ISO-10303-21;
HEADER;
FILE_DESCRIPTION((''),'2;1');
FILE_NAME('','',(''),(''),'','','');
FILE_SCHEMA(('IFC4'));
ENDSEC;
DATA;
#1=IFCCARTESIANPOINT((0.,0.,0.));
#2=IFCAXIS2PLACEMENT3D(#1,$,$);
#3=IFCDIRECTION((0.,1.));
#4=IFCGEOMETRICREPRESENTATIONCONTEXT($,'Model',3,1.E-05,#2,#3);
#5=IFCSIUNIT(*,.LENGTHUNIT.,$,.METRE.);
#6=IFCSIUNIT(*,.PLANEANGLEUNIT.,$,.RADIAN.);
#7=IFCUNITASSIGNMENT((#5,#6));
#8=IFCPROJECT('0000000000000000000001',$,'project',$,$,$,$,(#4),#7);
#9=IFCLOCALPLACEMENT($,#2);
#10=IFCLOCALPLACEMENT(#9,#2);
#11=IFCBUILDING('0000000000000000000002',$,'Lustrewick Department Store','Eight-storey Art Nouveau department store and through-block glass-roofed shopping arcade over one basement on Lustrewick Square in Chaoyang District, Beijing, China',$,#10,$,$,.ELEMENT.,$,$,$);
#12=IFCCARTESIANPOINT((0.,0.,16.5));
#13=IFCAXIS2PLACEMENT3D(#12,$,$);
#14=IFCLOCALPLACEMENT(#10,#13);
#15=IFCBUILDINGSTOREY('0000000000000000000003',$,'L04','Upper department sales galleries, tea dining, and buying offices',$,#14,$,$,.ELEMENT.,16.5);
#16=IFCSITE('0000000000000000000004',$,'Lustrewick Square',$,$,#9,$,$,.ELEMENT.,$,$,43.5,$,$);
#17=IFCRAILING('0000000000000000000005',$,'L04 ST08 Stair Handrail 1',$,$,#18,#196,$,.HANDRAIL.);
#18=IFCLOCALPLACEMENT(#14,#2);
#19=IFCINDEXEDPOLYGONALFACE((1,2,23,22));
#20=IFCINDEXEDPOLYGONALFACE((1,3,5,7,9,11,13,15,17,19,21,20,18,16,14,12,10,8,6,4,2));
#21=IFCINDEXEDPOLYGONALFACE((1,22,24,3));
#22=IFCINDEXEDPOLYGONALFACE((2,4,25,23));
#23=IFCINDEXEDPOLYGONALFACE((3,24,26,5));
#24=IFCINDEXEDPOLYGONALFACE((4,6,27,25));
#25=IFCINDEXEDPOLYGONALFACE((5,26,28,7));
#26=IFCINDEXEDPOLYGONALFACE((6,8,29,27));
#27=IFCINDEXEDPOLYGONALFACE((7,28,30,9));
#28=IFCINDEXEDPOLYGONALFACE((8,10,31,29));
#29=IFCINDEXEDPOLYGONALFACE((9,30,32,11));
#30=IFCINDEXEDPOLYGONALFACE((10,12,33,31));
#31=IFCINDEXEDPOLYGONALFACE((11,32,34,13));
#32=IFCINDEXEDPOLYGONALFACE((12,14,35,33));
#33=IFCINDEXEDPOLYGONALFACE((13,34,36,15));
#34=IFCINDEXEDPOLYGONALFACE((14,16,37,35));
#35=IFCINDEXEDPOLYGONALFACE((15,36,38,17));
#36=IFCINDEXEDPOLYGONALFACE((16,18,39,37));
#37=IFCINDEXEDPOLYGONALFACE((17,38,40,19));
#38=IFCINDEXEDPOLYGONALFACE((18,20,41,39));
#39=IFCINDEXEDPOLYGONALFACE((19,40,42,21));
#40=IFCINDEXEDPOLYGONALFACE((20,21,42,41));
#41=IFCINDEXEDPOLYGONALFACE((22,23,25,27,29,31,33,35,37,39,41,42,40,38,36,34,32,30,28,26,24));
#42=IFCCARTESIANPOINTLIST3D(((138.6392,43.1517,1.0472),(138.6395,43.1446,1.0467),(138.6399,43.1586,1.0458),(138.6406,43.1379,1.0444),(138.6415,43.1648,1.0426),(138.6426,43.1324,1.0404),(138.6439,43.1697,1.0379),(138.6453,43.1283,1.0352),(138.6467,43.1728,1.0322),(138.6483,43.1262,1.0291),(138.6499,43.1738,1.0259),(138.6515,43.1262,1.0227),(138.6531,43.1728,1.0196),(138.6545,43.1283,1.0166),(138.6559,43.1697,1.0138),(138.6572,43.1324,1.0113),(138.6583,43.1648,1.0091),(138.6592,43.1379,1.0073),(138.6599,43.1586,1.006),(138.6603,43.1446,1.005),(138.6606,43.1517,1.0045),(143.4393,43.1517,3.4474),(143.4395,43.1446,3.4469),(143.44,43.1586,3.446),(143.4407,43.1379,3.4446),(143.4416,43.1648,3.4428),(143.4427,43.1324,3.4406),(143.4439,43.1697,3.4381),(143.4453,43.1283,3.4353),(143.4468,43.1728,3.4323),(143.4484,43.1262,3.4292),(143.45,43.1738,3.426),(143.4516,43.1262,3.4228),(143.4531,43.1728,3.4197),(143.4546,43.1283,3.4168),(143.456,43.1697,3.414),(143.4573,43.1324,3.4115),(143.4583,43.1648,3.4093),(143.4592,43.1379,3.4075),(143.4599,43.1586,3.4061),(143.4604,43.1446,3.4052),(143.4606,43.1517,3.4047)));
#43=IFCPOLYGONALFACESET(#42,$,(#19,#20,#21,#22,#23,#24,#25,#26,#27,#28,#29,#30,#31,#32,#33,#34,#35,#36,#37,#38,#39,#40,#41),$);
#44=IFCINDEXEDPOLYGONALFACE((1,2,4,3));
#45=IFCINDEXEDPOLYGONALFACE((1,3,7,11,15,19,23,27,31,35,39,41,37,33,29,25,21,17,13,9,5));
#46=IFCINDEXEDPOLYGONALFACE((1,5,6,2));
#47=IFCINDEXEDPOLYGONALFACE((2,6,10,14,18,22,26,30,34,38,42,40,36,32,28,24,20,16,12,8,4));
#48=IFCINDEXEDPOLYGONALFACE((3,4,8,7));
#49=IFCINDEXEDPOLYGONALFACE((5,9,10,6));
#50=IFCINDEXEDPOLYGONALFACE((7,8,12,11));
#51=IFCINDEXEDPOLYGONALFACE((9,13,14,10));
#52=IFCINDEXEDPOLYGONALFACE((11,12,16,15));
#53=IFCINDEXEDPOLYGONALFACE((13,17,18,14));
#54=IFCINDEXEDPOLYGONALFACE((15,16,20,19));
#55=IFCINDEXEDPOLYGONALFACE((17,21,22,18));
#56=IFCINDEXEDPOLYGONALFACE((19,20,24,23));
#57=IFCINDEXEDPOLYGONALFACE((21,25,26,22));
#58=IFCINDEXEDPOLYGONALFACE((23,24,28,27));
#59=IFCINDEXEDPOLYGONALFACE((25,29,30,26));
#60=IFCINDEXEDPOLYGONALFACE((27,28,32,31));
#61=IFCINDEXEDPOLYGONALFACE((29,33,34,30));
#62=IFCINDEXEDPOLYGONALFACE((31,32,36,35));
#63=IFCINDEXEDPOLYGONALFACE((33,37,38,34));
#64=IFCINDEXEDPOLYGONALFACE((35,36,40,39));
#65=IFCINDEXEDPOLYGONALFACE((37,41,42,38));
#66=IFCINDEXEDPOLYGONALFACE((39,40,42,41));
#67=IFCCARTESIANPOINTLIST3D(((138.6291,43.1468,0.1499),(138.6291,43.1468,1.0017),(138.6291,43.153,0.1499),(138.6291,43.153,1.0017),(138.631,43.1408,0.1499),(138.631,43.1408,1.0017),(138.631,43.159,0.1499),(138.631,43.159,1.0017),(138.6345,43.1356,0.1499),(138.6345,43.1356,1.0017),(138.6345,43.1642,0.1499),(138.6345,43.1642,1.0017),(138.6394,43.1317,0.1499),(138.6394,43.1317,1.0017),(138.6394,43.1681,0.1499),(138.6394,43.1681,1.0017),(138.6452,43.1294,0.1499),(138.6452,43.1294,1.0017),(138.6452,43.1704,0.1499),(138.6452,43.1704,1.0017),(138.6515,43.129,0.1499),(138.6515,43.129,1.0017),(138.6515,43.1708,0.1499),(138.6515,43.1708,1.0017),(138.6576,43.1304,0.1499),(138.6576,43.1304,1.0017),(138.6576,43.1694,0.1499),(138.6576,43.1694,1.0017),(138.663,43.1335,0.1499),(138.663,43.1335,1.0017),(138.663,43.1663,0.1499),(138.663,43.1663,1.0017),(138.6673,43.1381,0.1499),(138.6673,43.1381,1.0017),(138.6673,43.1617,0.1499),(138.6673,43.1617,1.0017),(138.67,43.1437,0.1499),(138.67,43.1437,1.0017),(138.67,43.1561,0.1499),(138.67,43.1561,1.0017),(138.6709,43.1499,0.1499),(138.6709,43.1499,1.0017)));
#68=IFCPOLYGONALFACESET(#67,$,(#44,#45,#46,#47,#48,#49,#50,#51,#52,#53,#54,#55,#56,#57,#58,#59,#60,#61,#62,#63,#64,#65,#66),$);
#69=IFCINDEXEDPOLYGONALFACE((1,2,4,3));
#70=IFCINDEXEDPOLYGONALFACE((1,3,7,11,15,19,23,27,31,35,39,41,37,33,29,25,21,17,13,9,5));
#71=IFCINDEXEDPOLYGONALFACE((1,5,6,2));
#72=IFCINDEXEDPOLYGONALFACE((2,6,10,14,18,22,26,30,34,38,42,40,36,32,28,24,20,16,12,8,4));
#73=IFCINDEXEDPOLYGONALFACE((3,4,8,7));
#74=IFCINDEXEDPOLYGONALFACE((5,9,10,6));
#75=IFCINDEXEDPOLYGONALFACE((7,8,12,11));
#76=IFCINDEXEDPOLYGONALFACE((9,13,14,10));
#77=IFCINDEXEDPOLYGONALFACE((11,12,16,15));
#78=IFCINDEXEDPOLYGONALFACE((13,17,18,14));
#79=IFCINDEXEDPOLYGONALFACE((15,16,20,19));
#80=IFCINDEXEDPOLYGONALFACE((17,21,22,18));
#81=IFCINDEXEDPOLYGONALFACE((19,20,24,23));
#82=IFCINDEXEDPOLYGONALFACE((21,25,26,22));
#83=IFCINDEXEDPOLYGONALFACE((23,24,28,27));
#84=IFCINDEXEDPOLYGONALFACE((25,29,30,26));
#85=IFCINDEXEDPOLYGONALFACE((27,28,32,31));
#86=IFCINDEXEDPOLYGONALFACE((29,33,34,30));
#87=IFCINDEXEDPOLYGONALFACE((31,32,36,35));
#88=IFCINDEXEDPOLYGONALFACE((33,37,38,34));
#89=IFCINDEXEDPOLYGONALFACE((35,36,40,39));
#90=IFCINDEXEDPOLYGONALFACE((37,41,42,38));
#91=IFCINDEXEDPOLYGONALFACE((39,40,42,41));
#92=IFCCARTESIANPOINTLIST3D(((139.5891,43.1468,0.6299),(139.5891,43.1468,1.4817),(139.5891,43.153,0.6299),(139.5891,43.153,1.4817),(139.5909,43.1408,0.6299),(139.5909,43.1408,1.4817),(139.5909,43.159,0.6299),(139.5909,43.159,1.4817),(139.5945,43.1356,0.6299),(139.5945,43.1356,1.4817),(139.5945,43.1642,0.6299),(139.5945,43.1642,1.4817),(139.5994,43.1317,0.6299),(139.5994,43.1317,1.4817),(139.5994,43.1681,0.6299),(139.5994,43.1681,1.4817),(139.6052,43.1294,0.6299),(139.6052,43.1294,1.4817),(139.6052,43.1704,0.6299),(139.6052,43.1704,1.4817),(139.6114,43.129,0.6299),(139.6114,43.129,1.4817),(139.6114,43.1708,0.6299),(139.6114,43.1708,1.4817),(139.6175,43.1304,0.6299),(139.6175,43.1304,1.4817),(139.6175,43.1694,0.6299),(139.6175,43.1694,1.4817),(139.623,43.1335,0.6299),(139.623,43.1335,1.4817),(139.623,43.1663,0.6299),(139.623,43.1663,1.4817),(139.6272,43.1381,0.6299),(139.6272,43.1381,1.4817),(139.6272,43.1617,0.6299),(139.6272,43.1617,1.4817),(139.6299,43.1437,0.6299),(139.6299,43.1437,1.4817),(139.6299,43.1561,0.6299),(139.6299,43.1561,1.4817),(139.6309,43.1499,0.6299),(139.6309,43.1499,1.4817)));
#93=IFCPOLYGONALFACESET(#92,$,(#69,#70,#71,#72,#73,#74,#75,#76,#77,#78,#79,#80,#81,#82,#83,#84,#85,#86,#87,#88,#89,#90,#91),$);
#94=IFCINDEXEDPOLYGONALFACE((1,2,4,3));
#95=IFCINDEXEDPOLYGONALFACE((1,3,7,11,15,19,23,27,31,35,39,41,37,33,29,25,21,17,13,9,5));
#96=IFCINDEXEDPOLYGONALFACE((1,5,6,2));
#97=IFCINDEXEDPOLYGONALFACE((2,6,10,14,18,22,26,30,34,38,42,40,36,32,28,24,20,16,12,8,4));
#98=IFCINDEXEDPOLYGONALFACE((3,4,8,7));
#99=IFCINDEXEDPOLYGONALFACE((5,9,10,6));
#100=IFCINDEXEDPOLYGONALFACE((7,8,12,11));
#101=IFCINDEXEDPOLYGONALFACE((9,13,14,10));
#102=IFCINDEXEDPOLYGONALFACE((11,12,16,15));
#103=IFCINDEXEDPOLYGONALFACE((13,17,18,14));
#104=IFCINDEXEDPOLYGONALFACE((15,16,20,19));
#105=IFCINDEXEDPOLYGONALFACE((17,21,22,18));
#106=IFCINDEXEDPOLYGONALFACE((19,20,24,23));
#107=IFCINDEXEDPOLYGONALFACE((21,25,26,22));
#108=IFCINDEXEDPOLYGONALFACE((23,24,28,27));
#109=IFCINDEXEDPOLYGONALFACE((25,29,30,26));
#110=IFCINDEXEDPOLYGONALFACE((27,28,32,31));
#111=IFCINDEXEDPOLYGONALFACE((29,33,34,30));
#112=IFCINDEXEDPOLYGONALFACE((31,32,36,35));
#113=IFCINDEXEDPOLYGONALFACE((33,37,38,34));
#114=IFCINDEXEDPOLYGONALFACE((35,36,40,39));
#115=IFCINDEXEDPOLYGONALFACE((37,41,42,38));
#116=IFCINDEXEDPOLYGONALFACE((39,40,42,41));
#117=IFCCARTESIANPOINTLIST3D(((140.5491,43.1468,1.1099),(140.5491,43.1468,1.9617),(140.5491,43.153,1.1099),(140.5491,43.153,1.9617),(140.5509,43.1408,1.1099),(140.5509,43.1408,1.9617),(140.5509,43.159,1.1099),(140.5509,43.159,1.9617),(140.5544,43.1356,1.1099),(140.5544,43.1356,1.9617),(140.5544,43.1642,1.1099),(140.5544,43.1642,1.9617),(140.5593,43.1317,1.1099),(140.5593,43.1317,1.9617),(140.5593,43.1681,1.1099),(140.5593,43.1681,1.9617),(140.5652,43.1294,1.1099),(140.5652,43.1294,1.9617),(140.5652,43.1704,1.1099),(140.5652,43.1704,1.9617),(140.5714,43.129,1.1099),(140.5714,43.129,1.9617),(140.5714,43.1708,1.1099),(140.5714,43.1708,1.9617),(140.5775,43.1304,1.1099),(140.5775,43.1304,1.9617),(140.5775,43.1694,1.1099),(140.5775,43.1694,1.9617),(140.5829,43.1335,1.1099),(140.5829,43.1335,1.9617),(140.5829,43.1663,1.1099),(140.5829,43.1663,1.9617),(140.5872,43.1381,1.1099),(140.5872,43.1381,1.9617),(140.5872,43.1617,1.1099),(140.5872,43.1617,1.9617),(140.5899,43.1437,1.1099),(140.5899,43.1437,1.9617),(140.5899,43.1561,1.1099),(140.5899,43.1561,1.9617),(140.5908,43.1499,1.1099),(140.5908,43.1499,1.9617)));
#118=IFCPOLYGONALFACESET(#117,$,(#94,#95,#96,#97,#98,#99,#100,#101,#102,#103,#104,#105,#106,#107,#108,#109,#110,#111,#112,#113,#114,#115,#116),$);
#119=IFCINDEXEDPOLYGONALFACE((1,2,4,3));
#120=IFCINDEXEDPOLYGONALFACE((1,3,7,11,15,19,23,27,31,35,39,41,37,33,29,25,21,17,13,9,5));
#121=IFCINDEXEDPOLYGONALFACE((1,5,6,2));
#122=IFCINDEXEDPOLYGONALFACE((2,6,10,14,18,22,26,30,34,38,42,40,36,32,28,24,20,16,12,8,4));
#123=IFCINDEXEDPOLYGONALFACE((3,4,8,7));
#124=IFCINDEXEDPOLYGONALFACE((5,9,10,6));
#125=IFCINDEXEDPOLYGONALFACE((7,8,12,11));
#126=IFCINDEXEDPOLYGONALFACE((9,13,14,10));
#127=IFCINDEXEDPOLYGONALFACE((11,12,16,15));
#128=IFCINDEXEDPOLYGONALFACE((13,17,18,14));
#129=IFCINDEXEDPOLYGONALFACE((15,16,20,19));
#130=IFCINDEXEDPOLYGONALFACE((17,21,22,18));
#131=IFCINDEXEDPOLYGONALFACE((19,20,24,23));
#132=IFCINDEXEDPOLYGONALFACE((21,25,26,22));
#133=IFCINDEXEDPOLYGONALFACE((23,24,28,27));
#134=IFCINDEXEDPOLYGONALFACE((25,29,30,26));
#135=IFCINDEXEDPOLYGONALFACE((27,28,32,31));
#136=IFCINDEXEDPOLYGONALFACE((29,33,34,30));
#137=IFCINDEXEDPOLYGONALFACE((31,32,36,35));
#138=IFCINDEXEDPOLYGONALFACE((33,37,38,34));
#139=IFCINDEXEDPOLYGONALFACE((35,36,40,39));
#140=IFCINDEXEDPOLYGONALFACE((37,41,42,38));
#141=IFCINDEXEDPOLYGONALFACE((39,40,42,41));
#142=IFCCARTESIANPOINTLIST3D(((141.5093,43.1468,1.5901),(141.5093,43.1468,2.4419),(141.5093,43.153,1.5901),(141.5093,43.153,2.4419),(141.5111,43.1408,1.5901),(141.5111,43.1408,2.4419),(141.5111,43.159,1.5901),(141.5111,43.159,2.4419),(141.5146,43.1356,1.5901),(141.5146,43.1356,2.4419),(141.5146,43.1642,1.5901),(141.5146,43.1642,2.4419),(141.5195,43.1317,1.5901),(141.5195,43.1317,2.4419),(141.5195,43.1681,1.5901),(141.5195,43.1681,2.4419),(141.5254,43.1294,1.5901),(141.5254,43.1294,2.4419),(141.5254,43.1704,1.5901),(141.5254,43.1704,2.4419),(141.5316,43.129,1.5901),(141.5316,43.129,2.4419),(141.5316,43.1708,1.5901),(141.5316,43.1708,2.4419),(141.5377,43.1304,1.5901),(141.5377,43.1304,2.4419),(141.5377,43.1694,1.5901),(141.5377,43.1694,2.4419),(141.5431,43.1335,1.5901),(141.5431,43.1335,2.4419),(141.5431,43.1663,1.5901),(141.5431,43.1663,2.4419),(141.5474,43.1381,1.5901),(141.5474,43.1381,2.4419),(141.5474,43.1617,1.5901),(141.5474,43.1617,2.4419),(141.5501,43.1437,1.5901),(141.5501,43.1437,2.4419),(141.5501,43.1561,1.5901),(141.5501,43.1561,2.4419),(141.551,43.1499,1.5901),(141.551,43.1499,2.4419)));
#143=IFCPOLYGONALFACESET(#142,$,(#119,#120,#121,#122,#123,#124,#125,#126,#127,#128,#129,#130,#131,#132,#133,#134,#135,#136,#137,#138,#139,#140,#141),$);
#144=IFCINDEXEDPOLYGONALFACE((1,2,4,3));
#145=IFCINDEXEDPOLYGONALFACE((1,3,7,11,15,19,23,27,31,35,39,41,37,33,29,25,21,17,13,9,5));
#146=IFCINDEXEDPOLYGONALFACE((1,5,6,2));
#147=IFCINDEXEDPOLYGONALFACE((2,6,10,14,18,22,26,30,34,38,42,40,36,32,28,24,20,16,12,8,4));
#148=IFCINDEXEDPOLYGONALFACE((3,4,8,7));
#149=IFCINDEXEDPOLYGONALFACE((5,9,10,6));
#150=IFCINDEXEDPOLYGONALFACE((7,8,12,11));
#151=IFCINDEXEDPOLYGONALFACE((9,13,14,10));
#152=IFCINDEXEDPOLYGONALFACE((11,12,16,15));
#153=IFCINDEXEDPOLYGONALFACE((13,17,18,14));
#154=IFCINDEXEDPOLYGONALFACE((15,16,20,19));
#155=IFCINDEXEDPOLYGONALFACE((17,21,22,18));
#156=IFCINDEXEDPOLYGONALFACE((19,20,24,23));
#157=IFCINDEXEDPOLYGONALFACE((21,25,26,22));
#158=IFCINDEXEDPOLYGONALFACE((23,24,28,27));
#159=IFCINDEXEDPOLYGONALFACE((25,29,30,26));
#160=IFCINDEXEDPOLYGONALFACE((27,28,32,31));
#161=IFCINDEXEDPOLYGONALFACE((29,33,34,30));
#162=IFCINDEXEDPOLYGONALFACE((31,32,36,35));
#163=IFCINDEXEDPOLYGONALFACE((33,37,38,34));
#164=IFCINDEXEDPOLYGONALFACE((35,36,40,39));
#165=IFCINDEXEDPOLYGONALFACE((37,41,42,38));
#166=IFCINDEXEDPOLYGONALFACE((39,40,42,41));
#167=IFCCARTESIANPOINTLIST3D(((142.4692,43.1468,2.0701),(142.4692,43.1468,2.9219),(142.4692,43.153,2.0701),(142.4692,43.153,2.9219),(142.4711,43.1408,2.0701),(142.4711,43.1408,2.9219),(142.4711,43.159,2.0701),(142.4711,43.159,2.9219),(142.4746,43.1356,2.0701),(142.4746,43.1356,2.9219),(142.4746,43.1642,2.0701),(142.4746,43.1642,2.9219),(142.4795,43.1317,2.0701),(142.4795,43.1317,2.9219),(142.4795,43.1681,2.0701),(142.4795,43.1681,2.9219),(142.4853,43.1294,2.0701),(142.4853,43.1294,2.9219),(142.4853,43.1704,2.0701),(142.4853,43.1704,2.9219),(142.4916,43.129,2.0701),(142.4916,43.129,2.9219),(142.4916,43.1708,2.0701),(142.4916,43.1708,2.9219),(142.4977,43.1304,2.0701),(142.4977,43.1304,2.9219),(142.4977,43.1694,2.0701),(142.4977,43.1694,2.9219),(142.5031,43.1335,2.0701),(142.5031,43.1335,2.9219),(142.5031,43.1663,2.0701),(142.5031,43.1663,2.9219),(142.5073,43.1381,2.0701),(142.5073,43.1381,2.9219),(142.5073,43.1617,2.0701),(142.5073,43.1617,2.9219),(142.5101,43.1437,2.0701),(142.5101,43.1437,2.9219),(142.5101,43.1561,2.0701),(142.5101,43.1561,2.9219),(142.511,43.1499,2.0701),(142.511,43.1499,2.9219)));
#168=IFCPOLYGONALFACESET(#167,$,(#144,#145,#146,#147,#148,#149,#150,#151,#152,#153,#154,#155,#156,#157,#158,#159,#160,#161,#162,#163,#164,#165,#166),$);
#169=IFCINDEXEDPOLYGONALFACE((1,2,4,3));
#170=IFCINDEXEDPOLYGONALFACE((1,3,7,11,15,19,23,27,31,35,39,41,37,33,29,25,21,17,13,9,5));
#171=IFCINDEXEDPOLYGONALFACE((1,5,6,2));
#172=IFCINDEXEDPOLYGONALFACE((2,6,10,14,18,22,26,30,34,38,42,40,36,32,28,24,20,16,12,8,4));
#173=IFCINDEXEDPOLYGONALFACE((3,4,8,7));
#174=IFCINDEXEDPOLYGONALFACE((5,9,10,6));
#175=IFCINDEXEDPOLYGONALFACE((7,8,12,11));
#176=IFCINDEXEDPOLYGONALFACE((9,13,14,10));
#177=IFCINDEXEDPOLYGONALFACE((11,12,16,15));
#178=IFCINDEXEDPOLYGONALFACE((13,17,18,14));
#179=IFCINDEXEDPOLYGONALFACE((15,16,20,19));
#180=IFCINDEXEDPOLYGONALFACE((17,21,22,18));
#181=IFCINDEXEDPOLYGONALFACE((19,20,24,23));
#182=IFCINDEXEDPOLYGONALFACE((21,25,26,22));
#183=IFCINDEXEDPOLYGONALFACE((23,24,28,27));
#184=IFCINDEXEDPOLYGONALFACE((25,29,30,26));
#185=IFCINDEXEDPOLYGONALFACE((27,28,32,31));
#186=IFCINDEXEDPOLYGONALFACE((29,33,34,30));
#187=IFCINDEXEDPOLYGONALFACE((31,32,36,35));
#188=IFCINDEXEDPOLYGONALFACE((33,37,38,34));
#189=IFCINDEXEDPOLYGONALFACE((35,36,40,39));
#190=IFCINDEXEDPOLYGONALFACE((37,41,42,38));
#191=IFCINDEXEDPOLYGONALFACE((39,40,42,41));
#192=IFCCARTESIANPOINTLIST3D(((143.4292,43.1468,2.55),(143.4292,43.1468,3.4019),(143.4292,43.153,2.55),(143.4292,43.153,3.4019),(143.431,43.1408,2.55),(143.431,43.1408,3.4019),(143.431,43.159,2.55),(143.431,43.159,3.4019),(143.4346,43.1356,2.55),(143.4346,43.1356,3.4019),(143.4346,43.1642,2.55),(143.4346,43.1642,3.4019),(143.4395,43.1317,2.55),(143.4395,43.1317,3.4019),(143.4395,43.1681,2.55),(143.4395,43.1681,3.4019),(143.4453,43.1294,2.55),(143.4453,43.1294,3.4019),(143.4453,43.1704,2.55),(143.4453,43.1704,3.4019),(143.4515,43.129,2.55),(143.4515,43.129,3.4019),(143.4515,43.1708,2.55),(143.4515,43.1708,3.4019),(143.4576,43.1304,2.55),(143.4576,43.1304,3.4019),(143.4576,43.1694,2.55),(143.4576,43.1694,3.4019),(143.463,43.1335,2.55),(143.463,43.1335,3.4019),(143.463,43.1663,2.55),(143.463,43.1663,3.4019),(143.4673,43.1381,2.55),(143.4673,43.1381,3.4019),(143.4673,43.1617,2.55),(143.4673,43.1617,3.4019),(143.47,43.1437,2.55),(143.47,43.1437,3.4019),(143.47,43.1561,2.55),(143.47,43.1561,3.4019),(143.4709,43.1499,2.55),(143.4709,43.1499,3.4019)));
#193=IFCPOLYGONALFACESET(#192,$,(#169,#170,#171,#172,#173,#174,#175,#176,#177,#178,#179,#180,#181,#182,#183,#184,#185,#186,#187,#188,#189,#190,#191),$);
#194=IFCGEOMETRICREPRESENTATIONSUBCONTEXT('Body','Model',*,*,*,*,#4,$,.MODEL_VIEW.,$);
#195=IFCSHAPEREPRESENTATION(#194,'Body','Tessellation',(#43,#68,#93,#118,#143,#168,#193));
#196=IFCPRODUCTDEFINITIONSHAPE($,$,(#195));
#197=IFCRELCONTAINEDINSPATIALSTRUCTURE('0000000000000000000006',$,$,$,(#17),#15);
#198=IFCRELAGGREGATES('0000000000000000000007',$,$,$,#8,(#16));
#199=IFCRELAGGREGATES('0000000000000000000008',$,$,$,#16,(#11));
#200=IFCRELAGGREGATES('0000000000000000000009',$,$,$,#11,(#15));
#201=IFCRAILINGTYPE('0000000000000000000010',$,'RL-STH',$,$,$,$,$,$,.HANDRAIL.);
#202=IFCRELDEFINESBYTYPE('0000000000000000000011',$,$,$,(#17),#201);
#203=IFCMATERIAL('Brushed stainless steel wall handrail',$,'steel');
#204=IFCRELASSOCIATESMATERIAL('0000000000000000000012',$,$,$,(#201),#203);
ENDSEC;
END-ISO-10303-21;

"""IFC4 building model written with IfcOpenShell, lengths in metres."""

from ifc_helpers import new_model, si_unit, direction, frame, origin, origin_2d, place, context, subcontext, project, spatial, circle, extrude, material, type_object, element, save


model = new_model("IFC4")

# Units and contexts
model_context = context("Model", 3, precision=1e-05, world=origin(), true_north=direction((0.0, 1.0)))
body_context = subcontext(model_context, "Body", "Model", "MODEL_VIEW")
ifc_project = project(units=[si_unit("LENGTHUNIT", "METRE"), si_unit("PLANEANGLEUNIT", "RADIAN")], contexts=[model_context])

# Site, building, storey
site_placement = place(None, origin())
site = spatial("IfcSite", under=ifc_project, at=site_placement, Name="Lustrewick Square", CompositionType="ELEMENT", RefElevation=43.5)
building_placement = place(site_placement, origin())
building = spatial("IfcBuilding", under=site, at=building_placement, Name="Lustrewick Department Store", Description="Eight-storey Art Nouveau department store and through-block glass-roofed shopping arcade over one basement on Lustrewick Square in Chaoyang District, Beijing, China", CompositionType="ELEMENT")
storey_placement = place(building_placement, frame((0.0, 0.0, 16.5)))
storey = spatial("IfcBuildingStorey", under=building, at=storey_placement, Name="L04", Description="Upper department sales galleries, tea dining, and buying offices", CompositionType="ELEMENT", Elevation=16.5)

# Railing
ifc_material_1 = material(Name="Brushed stainless steel wall handrail", Category="steel")
railing_type = type_object("IfcRailingType", Name="RL-STH", PredefinedType="HANDRAIL", material=ifc_material_1)
railing_placement = place(storey_placement, frame((138.6499, 43.1499, 0.1499)))
element("IfcRailing", 1, at=railing_placement, inside=storey, type_object=railing_type, Name="L04 ST08 Stair Handrail 1", PredefinedType="HANDRAIL", context=body_context, shape_type="SweptSolid", body=[
    extrude(circle(Radius=0.0239, at=origin_2d()), frame((0.0, 0.0, 0.876), z_axis=(0.894418, 0.0, 0.447232), x_axis=(0.0, 1.0, 0.0)), (0.0, 0.0, 1.0), 5.3667),
    extrude(circle(Radius=0.021, at=origin_2d()), origin(), (0.0, 0.0, 1.0), 0.8518),
    extrude(circle(Radius=0.021, at=origin_2d()), frame((0.96, 0.0, 0.48)), (0.0, 0.0, 1.0), 0.8518),
    extrude(circle(Radius=0.021, at=origin_2d()), frame((1.9199, 0.0, 0.96)), (0.0, 0.0, 1.0), 0.8518),
    extrude(circle(Radius=0.021, at=origin_2d()), frame((2.8801, 0.0, 1.4402)), (0.0, 0.0, 1.0), 0.8518),
    extrude(circle(Radius=0.021, at=origin_2d()), frame((3.8401, 0.0, 1.9202)), (0.0, 0.0, 1.0), 0.8518),
    extrude(circle(Radius=0.021, at=origin_2d()), frame((4.8, 0.0, 2.4001)), (0.0, 0.0, 1.0), 0.8518),
])

save(model, "model.ifc")
